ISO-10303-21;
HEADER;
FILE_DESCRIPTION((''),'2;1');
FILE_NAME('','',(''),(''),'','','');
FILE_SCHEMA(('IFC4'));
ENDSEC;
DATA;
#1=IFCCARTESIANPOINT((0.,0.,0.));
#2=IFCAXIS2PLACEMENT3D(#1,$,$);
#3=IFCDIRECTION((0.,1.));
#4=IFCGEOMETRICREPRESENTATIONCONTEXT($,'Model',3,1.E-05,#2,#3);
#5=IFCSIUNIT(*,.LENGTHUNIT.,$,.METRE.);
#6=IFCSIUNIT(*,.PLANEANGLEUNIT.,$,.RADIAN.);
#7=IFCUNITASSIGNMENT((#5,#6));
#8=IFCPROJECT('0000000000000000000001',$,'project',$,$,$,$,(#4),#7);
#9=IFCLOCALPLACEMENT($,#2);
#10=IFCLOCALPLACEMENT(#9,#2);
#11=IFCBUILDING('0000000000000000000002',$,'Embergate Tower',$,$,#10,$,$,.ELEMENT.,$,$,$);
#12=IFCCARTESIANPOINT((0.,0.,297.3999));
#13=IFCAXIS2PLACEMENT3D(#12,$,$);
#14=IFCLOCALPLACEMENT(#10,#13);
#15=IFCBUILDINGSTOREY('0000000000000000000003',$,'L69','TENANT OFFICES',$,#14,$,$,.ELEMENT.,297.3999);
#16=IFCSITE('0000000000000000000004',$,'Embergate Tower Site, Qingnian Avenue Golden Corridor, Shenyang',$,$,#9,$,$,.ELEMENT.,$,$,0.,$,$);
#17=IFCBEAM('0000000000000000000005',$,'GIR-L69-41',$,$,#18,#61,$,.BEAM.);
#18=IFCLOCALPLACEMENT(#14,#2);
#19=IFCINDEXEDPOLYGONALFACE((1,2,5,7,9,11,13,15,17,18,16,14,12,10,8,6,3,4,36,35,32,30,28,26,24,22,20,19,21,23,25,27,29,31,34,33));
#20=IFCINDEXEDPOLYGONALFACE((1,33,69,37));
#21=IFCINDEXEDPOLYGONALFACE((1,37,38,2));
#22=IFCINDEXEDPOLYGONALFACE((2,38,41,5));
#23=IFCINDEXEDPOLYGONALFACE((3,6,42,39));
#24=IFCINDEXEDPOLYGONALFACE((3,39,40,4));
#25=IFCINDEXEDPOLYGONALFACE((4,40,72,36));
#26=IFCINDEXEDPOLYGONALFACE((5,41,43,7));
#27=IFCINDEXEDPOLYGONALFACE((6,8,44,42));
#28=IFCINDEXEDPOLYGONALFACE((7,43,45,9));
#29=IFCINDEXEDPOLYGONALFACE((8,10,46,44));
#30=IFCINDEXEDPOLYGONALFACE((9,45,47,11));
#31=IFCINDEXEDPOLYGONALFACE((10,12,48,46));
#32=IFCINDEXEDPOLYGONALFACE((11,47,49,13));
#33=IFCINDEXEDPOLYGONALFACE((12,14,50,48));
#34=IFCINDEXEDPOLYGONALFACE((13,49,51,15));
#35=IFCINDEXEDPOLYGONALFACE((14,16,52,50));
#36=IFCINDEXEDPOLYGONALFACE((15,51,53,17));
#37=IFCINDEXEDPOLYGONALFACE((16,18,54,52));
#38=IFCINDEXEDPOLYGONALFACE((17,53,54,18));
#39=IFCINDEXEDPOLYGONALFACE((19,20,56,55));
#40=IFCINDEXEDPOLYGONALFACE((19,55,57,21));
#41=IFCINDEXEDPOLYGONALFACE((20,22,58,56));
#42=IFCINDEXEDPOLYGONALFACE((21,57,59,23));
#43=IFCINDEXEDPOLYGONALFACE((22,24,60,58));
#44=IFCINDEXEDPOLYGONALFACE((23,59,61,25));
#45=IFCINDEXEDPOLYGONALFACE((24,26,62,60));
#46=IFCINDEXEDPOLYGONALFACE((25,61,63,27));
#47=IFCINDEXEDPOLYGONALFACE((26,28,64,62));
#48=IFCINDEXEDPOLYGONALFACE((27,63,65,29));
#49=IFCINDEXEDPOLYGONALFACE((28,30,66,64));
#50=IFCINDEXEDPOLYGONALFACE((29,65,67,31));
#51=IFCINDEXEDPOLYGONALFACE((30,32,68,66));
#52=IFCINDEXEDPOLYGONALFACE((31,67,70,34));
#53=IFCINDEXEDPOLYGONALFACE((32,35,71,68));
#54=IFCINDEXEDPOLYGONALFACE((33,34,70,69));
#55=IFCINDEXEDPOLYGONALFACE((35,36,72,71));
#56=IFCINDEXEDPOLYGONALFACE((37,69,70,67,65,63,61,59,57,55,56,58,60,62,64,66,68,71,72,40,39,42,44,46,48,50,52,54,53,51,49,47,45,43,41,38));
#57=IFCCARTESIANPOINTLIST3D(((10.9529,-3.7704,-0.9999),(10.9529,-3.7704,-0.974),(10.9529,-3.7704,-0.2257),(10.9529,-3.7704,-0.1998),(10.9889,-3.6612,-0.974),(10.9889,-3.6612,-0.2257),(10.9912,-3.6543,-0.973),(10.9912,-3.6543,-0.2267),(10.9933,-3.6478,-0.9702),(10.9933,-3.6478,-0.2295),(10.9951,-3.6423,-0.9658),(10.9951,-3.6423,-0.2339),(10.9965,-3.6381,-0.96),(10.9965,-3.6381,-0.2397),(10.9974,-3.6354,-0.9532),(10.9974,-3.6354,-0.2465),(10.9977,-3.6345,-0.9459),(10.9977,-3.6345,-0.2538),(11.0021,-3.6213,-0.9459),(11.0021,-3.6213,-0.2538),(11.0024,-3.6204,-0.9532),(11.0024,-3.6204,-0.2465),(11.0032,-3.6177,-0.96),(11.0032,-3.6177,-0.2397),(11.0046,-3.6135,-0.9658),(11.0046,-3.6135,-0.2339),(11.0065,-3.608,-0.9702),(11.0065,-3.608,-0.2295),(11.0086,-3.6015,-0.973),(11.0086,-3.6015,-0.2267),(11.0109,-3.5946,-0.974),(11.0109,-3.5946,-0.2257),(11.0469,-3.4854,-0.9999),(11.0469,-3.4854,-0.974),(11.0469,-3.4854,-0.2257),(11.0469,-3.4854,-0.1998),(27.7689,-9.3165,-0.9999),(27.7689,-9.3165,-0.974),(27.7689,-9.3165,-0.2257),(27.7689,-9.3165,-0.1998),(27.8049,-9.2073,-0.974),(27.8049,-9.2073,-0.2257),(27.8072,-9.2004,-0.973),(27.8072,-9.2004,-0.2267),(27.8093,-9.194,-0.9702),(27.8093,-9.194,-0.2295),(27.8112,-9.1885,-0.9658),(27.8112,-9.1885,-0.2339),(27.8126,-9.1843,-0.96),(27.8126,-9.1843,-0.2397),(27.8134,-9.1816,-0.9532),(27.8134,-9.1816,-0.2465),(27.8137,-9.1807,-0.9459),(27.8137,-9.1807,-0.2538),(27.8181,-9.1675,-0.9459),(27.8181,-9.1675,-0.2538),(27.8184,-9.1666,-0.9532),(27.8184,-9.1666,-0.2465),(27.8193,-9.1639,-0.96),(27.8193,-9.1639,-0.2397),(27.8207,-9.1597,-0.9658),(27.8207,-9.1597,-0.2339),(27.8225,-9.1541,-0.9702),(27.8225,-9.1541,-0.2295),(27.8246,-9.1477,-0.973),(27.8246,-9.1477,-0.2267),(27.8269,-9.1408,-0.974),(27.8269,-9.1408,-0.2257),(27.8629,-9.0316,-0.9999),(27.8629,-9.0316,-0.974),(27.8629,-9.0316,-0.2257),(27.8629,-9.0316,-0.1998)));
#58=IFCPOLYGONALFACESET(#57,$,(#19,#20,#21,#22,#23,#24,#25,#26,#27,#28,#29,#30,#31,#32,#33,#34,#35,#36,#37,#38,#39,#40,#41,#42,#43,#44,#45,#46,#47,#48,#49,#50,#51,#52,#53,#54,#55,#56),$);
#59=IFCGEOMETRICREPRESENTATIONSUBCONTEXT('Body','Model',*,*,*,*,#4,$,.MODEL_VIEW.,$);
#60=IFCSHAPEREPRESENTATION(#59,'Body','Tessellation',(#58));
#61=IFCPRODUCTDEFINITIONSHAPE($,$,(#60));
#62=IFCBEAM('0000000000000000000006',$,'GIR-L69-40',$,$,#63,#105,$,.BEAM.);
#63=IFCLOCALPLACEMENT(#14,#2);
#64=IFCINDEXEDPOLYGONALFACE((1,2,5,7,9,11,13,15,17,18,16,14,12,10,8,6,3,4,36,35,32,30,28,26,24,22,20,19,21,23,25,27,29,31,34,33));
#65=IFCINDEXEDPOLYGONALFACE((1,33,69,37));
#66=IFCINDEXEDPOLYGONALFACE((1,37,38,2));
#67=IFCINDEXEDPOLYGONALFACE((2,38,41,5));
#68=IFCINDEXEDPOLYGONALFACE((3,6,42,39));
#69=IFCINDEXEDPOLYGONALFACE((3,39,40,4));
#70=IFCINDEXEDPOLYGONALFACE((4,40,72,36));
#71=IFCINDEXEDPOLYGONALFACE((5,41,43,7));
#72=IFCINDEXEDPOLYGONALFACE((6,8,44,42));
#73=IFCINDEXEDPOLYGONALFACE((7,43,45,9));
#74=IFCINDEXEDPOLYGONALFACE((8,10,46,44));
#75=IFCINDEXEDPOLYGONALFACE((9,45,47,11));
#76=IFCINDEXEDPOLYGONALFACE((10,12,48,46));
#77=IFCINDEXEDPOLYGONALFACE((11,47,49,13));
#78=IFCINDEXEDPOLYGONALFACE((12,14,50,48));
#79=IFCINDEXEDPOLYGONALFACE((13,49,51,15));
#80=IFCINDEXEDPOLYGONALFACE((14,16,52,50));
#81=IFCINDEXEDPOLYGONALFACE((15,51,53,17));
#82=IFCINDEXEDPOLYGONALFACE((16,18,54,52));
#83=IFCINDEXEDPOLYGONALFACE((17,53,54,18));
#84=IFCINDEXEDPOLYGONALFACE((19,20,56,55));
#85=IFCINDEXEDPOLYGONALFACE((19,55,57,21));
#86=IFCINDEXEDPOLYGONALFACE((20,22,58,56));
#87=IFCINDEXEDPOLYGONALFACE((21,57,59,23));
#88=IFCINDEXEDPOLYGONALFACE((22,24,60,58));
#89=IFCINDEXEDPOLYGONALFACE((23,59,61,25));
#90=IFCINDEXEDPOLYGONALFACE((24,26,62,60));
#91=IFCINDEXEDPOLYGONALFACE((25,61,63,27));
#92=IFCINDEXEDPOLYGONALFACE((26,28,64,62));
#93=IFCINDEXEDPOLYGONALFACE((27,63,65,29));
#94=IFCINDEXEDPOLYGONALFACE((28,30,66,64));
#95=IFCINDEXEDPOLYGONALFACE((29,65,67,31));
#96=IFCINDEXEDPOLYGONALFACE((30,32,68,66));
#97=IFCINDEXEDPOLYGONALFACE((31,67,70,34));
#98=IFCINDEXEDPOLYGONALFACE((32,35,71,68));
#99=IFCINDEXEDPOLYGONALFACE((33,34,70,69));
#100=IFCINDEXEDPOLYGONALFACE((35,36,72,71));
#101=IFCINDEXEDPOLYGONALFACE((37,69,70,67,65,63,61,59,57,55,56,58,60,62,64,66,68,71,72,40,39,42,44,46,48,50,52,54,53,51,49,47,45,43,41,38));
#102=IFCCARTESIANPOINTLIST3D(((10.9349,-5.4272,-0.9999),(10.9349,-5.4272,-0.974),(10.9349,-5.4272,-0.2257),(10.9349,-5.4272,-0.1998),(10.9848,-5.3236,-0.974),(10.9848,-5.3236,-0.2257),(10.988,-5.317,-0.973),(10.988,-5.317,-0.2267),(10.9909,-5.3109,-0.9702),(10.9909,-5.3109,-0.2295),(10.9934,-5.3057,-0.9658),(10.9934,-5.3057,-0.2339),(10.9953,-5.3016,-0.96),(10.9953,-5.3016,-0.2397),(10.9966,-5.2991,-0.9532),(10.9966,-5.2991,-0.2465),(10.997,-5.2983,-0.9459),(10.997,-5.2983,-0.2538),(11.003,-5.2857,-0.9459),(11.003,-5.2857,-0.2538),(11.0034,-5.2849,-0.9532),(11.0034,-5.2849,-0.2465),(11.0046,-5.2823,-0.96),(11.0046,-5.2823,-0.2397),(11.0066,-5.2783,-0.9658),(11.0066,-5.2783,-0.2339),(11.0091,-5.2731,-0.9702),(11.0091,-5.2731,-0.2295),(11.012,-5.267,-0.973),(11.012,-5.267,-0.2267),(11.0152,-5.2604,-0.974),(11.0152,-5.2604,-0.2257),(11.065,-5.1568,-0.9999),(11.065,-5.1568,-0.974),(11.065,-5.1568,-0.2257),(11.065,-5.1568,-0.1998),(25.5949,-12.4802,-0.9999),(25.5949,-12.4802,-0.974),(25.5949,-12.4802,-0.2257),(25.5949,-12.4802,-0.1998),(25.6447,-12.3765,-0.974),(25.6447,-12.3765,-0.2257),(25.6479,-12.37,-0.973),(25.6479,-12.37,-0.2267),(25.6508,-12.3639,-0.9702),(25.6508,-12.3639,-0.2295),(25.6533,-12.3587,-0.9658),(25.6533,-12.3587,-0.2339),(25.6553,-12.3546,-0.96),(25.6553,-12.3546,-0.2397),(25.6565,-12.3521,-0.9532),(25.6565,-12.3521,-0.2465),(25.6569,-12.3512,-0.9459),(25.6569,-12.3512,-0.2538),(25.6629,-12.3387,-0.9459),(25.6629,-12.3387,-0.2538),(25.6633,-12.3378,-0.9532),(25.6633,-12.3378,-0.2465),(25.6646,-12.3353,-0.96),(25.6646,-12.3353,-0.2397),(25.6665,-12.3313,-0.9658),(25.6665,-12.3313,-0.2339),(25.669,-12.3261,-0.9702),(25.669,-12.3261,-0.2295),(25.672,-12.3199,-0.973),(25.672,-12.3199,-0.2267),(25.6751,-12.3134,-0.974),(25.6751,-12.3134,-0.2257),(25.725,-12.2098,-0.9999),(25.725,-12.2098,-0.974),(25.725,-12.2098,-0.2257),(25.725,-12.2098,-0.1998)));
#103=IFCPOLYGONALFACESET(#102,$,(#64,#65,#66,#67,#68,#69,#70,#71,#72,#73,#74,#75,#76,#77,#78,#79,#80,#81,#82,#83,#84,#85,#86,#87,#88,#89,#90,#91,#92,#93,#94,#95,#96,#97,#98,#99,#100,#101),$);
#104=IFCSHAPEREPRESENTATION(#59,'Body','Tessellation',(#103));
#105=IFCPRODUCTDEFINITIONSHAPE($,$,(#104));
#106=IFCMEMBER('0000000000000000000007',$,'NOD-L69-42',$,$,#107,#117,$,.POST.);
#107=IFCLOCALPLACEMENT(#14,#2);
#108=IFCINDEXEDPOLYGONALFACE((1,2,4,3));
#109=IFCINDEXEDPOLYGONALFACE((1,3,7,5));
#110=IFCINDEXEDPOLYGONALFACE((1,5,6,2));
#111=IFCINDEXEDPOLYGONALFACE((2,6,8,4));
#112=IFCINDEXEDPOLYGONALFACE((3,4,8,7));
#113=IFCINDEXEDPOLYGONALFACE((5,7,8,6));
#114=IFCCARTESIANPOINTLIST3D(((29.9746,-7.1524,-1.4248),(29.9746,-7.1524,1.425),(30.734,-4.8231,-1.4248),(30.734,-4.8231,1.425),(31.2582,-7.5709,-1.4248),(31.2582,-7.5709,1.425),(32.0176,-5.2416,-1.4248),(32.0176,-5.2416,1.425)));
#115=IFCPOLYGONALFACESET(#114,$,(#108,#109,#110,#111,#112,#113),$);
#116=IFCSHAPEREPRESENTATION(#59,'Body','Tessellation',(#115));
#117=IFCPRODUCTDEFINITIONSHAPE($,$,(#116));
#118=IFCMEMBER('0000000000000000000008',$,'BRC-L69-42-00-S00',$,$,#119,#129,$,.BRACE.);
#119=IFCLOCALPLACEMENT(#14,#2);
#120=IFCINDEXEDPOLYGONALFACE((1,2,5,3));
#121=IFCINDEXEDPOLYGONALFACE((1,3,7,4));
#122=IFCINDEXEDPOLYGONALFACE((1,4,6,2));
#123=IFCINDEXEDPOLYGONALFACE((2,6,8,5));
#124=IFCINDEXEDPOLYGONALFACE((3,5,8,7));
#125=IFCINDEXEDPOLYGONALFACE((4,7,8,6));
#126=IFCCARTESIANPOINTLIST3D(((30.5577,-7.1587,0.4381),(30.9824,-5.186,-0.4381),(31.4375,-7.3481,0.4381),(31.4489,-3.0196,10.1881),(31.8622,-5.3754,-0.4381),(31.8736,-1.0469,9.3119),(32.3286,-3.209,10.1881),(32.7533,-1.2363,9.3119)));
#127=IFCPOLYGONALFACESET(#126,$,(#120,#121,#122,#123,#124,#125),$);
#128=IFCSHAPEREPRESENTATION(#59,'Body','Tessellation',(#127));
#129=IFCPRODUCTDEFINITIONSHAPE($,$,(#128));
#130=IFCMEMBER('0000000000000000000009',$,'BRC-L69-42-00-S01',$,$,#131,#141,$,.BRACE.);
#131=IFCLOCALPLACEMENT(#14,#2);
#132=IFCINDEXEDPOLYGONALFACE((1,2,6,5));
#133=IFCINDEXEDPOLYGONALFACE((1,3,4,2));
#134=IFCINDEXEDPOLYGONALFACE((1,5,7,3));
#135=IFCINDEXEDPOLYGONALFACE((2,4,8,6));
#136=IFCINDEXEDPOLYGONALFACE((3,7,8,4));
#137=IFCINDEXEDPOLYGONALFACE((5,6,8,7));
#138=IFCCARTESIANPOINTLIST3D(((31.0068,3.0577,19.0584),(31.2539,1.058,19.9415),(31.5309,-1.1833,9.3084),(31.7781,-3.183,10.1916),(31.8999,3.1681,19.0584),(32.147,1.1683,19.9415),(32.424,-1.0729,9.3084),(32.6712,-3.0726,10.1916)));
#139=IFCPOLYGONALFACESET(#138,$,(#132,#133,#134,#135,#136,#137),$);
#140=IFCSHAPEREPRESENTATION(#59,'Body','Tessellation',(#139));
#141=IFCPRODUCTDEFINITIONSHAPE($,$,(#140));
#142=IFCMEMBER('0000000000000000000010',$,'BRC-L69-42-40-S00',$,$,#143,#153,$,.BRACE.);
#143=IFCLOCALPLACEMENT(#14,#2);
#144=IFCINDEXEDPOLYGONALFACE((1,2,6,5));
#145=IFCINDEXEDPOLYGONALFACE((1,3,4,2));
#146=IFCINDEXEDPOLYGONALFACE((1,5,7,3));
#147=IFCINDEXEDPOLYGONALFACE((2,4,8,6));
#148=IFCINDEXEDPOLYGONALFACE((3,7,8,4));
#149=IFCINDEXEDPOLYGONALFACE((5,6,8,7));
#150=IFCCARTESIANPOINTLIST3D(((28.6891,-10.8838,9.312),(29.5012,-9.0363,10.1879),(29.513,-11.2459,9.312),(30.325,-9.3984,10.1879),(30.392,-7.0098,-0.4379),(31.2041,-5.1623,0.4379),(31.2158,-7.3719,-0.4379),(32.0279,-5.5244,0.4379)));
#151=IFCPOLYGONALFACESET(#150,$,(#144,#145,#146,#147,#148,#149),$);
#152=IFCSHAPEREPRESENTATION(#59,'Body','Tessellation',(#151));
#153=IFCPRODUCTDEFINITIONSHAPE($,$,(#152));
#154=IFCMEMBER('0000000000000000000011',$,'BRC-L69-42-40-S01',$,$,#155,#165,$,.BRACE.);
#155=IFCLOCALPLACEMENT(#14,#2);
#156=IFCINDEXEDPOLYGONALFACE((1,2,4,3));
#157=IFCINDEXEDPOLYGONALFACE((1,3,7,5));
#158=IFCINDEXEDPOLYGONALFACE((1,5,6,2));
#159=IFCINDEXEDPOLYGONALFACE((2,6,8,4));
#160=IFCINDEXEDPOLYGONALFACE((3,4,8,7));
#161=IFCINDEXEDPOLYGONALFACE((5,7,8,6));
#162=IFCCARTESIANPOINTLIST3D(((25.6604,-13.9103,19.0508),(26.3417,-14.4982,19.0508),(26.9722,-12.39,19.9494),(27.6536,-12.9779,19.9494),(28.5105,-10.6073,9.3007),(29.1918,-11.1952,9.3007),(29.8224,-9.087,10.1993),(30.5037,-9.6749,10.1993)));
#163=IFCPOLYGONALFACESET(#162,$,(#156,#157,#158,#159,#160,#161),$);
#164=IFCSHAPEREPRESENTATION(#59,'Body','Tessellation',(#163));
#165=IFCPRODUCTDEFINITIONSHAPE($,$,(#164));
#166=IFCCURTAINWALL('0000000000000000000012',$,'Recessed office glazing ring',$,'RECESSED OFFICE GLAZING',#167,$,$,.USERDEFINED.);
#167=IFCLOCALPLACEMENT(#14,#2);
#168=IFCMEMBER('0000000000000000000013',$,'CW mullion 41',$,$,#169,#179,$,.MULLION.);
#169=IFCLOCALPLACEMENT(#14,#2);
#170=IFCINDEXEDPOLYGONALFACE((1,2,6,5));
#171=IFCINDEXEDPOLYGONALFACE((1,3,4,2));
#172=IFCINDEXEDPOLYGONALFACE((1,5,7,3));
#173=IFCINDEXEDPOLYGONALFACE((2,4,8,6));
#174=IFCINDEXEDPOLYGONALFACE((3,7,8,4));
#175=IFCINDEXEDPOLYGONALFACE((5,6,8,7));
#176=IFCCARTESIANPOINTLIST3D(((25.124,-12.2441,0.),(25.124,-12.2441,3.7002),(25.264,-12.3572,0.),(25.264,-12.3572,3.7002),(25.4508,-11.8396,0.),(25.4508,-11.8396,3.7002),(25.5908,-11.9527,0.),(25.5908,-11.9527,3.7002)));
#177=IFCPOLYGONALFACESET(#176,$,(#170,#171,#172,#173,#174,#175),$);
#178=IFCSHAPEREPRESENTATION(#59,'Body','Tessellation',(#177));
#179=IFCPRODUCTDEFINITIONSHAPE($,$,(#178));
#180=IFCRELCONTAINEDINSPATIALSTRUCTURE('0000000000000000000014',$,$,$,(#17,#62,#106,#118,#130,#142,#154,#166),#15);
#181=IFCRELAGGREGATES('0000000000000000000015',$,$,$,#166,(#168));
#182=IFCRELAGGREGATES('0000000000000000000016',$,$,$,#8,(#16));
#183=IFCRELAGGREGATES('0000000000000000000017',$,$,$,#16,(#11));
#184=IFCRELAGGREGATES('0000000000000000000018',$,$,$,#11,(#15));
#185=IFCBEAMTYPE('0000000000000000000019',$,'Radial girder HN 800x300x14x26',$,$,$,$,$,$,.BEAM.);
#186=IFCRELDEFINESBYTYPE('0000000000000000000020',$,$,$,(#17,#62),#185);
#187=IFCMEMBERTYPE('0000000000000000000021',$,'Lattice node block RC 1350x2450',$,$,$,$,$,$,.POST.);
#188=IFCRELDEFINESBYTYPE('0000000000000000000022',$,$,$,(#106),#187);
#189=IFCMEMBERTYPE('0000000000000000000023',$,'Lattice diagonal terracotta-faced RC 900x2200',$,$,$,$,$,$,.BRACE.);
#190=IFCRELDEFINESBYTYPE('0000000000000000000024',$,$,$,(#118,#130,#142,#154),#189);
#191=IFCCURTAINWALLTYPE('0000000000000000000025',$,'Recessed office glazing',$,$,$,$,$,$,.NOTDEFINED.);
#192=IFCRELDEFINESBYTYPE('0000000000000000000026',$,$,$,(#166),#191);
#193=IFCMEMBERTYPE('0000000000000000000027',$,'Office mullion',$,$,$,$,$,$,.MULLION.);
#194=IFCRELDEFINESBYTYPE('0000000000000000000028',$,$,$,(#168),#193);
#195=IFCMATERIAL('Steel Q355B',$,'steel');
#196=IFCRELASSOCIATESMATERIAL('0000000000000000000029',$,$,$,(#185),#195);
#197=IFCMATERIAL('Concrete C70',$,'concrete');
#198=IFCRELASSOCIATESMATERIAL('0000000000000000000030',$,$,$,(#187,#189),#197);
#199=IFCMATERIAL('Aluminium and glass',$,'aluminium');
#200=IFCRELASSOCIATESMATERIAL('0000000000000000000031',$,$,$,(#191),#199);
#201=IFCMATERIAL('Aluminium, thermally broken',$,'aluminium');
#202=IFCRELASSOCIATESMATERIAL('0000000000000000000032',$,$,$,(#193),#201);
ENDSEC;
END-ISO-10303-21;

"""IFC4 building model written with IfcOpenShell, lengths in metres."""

from ifc_helpers import new_model, si_unit, direction, frame, origin, origin_2d, place, context, subcontext, project, spatial, rectangle, i_section, extrude, source, transform, mapped, material, material_profile, profile_set, type_object, element, aggregate, save


model = new_model("IFC4")

# Units and contexts
model_context = context("Model", 3, precision=1e-05, world=origin(), true_north=direction((0.0, 1.0)))
body_context = subcontext(model_context, "Body", "Model", "MODEL_VIEW")
ifc_project = project(units=[si_unit("LENGTHUNIT", "METRE"), si_unit("PLANEANGLEUNIT", "RADIAN")], contexts=[model_context])

# Site, building, storey
site_placement = place(None, origin())
site = spatial("IfcSite", under=ifc_project, at=site_placement, Name="Embergate Tower Site, Qingnian Avenue Golden Corridor, Shenyang", CompositionType="ELEMENT", RefElevation=0.0)
building_placement = place(site_placement, origin())
building = spatial("IfcBuilding", under=site, at=building_placement, Name="Embergate Tower", CompositionType="ELEMENT")
storey_placement = place(building_placement, frame((0.0, 0.0, 297.3999)))
storey = spatial("IfcBuildingStorey", under=building, at=storey_placement, Name="L69", Description="TENANT OFFICES", CompositionType="ELEMENT", Elevation=297.3999)

# Beams
ifc_material_1 = material(Name="Steel Q355B", Category="steel")
ifc_material_profile_1 = material_profile(ifc_material_1, i_section(OverallWidth=0.3, OverallDepth=0.8, WebThickness=0.0139, FlangeThickness=0.0259, FilletRadius=0.0281, at=origin_2d()), Name="HN 800x300x14x26")
ifc_profile_set_1 = profile_set([ifc_material_profile_1], Name="Steel Q355 grade B")
beam_type_1 = type_object("IfcBeamType", Name="Radial girder HN 800x300x14x26", PredefinedType="BEAM", material=ifc_profile_set_1)
shared_shape_1 = source(origin(), body_context, "Body", "SweptSolid", [
    extrude(i_section(OverallWidth=0.3, OverallDepth=0.8, WebThickness=0.0139, FlangeThickness=0.0259, FilletRadius=0.0281, at=origin_2d()), origin(), (0.0, 0.0, 1.0), 17.707),
])
beam_1_placement = place(storey_placement, frame((27.8159, -9.1741, -0.5999), z_axis=(-0.949681, 0.313219, 0.0), x_axis=(-0.313219, -0.949681, 0.0)))
element("IfcBeam", 1, at=beam_1_placement, inside=storey, type_object=beam_type_1, Name="GIR-L69-41", PredefinedType="BEAM", context=body_context, shape_type="MappedRepresentation", body=[
    mapped(shared_shape_1, transform((0.0, 0.0, 0.0))),
])
shared_shape_2 = source(origin(), body_context, "Body", "SweptSolid", [
    extrude(i_section(OverallWidth=0.3, OverallDepth=0.8, WebThickness=0.0139, FlangeThickness=0.0259, FilletRadius=0.0281, at=origin_2d()), origin(), (0.0, 0.0, 1.0), 16.2683),
])
beam_2_placement = place(storey_placement, frame((25.6599, -12.345, -0.5999), z_axis=(-0.901134, 0.433541, 0.0), x_axis=(-0.433541, -0.901134, 0.0)))
element("IfcBeam", 2, at=beam_2_placement, inside=storey, type_object=beam_type_1, Name="GIR-L69-40", PredefinedType="BEAM", context=body_context, shape_type="MappedRepresentation", body=[
    mapped(shared_shape_2, transform((0.0, 0.0, 0.0))),
])

# Members
ifc_material_2 = material(Name="Concrete C70", Category="concrete")
ifc_material_profile_2 = material_profile(ifc_material_2, rectangle(XDim=1.3501, YDim=2.45, at=origin_2d()), Name="RC 1350x2450")
ifc_profile_set_2 = profile_set([ifc_material_profile_2], Name="Concrete C70")
member_type_1 = type_object("IfcMemberType", Name="Lattice node block RC 1350x2450", PredefinedType="POST", material=ifc_profile_set_2)
shared_shape_3 = source(origin(), body_context, "Body", "SweptSolid", [
    extrude(rectangle(XDim=1.3501, YDim=2.45, at=origin_2d()), origin(), (0.0, 0.0, 1.0), 2.8499),
])
member_1_placement = place(storey_placement, frame((30.9961, -6.197, -1.4248), z_axis=(0.0, 0.0, 1.0), x_axis=(0.950754, -0.309946, 0.0)))
element("IfcMember", 3, at=member_1_placement, inside=storey, type_object=member_type_1, Name="NOD-L69-42", PredefinedType="POST", context=body_context, shape_type="MappedRepresentation", body=[
    mapped(shared_shape_3, transform((0.0, 0.0, 0.0))),
])
ifc_material_profile_3 = material_profile(ifc_material_2, rectangle(XDim=0.8999, YDim=2.2, at=origin_2d()), Name="RC 900x2200")
ifc_profile_set_3 = profile_set([ifc_material_profile_3], Name="Concrete C70")
member_type_2 = type_object("IfcMemberType", Name="Lattice diagonal terracotta-faced RC 900x2200", PredefinedType="BRACE", material=ifc_profile_set_3)
shared_shape_4 = source(origin(), body_context, "Body", "SweptSolid", [
    extrude(rectangle(XDim=0.8999, YDim=2.2, at=origin_2d()), origin(), (0.0, 0.0, 1.0), 10.6296),
])
member_2_placement = place(storey_placement, frame((31.21, -6.2671, 0.0), z_axis=(0.083833, 0.389398, 0.917247), x_axis=(-0.977601, 0.210466, 0.0)))
element("IfcMember", 4, at=member_2_placement, inside=storey, type_object=member_type_2, Name="BRC-L69-42-00-S00", PredefinedType="BRACE", context=body_context, shape_type="MappedRepresentation", body=[
    mapped(shared_shape_4, transform((0.0, 0.0, 0.0))),
])
shared_shape_5 = source(origin(), body_context, "Body", "SweptSolid", [
    extrude(rectangle(XDim=0.8999, YDim=2.2, at=origin_2d()), origin(), (0.0, 0.0, 1.0), 10.6453),
])
member_3_placement = place(storey_placement, frame((32.1011, -2.1279, 9.75), z_axis=(-0.049239, 0.398388, 0.915895), x_axis=(-0.992448, -0.122663, 0.0)))
element("IfcMember", 5, at=member_3_placement, inside=storey, type_object=member_type_2, Name="BRC-L69-42-00-S01", PredefinedType="BRACE", context=body_context, shape_type="MappedRepresentation", body=[
    mapped(shared_shape_5, transform((0.0, 0.0, 0.0))),
])
shared_shape_6 = source(origin(), body_context, "Body", "SweptSolid", [
    extrude(rectangle(XDim=0.8999, YDim=2.2, at=origin_2d()), origin(), (0.0, 0.0, 1.0), 10.6287),
])
member_4_placement = place(storey_placement, frame((31.21, -6.2671, 0.0), z_axis=(-0.160215, -0.364485, 0.917323), x_axis=(0.915462, -0.402404, 0.0)))
element("IfcMember", 6, at=member_4_placement, inside=storey, type_object=member_type_2, Name="BRC-L69-42-40-S00", PredefinedType="BRACE", context=body_context, shape_type="MappedRepresentation", body=[
    mapped(shared_shape_6, transform((0.0, 0.0, 0.0))),
])
shared_shape_7 = source(origin(), body_context, "Body", "SweptSolid", [
    extrude(rectangle(XDim=0.8999, YDim=2.2, at=origin_2d()), origin(), (0.0, 0.0, 1.0), 10.6816),
])
member_5_placement = place(storey_placement, frame((29.5071, -10.1411, 9.75), z_axis=(-0.266825, -0.309223, 0.91279), x_axis=(0.757104, -0.653295, 0.0)))
element("IfcMember", 7, at=member_5_placement, inside=storey, type_object=member_type_2, Name="BRC-L69-42-40-S01", PredefinedType="BRACE", context=body_context, shape_type="MappedRepresentation", body=[
    mapped(shared_shape_7, transform((0.0, 0.0, 0.0))),
])

# Curtain wall, member
ifc_material_3 = material(Name="Aluminium and glass", Category="aluminium")
curtain_wall_type = type_object("IfcCurtainWallType", Name="Recessed office glazing", PredefinedType="NOTDEFINED", material=ifc_material_3)
curtain_wall_placement = place(storey_placement, origin())
curtain_wall = element("IfcCurtainWall", 8, at=curtain_wall_placement, inside=storey, type_object=curtain_wall_type, Name="Recessed office glazing ring", ObjectType="RECESSED OFFICE GLAZING", PredefinedType="USERDEFINED")
ifc_material_4 = material(Name="Aluminium, thermally broken", Category="aluminium")
ifc_material_profile_4 = material_profile(ifc_material_4, rectangle(XDim=0.1799, YDim=0.52, at=origin_2d()), Name="AL 520x180")
ifc_profile_set_4 = profile_set([ifc_material_profile_4], Name="Aluminium, thermally broken")
member_type_3 = type_object("IfcMemberType", Name="Office mullion", PredefinedType="MULLION", material=ifc_profile_set_4)
shared_shape_8 = source(origin(), body_context, "Body", "SweptSolid", [
    extrude(rectangle(XDim=0.1799, YDim=0.52, at=origin_2d()), origin(), (0.0, 0.0, 1.0), 3.7002),
])
member_6_placement = place(storey_placement, frame((25.3574, -12.0984, 0.0), z_axis=(0.0, 0.0, 1.0), x_axis=(-0.777864, 0.628433, 0.0)))
member_6 = element("IfcMember", 9, at=member_6_placement, type_object=member_type_3, Name="CW mullion 41", PredefinedType="MULLION", context=body_context, shape_type="MappedRepresentation", body=[
    mapped(shared_shape_8, transform((0.0, 0.0, 0.0))),
])
aggregate(curtain_wall, [member_6])

save(model, "model.ifc")
